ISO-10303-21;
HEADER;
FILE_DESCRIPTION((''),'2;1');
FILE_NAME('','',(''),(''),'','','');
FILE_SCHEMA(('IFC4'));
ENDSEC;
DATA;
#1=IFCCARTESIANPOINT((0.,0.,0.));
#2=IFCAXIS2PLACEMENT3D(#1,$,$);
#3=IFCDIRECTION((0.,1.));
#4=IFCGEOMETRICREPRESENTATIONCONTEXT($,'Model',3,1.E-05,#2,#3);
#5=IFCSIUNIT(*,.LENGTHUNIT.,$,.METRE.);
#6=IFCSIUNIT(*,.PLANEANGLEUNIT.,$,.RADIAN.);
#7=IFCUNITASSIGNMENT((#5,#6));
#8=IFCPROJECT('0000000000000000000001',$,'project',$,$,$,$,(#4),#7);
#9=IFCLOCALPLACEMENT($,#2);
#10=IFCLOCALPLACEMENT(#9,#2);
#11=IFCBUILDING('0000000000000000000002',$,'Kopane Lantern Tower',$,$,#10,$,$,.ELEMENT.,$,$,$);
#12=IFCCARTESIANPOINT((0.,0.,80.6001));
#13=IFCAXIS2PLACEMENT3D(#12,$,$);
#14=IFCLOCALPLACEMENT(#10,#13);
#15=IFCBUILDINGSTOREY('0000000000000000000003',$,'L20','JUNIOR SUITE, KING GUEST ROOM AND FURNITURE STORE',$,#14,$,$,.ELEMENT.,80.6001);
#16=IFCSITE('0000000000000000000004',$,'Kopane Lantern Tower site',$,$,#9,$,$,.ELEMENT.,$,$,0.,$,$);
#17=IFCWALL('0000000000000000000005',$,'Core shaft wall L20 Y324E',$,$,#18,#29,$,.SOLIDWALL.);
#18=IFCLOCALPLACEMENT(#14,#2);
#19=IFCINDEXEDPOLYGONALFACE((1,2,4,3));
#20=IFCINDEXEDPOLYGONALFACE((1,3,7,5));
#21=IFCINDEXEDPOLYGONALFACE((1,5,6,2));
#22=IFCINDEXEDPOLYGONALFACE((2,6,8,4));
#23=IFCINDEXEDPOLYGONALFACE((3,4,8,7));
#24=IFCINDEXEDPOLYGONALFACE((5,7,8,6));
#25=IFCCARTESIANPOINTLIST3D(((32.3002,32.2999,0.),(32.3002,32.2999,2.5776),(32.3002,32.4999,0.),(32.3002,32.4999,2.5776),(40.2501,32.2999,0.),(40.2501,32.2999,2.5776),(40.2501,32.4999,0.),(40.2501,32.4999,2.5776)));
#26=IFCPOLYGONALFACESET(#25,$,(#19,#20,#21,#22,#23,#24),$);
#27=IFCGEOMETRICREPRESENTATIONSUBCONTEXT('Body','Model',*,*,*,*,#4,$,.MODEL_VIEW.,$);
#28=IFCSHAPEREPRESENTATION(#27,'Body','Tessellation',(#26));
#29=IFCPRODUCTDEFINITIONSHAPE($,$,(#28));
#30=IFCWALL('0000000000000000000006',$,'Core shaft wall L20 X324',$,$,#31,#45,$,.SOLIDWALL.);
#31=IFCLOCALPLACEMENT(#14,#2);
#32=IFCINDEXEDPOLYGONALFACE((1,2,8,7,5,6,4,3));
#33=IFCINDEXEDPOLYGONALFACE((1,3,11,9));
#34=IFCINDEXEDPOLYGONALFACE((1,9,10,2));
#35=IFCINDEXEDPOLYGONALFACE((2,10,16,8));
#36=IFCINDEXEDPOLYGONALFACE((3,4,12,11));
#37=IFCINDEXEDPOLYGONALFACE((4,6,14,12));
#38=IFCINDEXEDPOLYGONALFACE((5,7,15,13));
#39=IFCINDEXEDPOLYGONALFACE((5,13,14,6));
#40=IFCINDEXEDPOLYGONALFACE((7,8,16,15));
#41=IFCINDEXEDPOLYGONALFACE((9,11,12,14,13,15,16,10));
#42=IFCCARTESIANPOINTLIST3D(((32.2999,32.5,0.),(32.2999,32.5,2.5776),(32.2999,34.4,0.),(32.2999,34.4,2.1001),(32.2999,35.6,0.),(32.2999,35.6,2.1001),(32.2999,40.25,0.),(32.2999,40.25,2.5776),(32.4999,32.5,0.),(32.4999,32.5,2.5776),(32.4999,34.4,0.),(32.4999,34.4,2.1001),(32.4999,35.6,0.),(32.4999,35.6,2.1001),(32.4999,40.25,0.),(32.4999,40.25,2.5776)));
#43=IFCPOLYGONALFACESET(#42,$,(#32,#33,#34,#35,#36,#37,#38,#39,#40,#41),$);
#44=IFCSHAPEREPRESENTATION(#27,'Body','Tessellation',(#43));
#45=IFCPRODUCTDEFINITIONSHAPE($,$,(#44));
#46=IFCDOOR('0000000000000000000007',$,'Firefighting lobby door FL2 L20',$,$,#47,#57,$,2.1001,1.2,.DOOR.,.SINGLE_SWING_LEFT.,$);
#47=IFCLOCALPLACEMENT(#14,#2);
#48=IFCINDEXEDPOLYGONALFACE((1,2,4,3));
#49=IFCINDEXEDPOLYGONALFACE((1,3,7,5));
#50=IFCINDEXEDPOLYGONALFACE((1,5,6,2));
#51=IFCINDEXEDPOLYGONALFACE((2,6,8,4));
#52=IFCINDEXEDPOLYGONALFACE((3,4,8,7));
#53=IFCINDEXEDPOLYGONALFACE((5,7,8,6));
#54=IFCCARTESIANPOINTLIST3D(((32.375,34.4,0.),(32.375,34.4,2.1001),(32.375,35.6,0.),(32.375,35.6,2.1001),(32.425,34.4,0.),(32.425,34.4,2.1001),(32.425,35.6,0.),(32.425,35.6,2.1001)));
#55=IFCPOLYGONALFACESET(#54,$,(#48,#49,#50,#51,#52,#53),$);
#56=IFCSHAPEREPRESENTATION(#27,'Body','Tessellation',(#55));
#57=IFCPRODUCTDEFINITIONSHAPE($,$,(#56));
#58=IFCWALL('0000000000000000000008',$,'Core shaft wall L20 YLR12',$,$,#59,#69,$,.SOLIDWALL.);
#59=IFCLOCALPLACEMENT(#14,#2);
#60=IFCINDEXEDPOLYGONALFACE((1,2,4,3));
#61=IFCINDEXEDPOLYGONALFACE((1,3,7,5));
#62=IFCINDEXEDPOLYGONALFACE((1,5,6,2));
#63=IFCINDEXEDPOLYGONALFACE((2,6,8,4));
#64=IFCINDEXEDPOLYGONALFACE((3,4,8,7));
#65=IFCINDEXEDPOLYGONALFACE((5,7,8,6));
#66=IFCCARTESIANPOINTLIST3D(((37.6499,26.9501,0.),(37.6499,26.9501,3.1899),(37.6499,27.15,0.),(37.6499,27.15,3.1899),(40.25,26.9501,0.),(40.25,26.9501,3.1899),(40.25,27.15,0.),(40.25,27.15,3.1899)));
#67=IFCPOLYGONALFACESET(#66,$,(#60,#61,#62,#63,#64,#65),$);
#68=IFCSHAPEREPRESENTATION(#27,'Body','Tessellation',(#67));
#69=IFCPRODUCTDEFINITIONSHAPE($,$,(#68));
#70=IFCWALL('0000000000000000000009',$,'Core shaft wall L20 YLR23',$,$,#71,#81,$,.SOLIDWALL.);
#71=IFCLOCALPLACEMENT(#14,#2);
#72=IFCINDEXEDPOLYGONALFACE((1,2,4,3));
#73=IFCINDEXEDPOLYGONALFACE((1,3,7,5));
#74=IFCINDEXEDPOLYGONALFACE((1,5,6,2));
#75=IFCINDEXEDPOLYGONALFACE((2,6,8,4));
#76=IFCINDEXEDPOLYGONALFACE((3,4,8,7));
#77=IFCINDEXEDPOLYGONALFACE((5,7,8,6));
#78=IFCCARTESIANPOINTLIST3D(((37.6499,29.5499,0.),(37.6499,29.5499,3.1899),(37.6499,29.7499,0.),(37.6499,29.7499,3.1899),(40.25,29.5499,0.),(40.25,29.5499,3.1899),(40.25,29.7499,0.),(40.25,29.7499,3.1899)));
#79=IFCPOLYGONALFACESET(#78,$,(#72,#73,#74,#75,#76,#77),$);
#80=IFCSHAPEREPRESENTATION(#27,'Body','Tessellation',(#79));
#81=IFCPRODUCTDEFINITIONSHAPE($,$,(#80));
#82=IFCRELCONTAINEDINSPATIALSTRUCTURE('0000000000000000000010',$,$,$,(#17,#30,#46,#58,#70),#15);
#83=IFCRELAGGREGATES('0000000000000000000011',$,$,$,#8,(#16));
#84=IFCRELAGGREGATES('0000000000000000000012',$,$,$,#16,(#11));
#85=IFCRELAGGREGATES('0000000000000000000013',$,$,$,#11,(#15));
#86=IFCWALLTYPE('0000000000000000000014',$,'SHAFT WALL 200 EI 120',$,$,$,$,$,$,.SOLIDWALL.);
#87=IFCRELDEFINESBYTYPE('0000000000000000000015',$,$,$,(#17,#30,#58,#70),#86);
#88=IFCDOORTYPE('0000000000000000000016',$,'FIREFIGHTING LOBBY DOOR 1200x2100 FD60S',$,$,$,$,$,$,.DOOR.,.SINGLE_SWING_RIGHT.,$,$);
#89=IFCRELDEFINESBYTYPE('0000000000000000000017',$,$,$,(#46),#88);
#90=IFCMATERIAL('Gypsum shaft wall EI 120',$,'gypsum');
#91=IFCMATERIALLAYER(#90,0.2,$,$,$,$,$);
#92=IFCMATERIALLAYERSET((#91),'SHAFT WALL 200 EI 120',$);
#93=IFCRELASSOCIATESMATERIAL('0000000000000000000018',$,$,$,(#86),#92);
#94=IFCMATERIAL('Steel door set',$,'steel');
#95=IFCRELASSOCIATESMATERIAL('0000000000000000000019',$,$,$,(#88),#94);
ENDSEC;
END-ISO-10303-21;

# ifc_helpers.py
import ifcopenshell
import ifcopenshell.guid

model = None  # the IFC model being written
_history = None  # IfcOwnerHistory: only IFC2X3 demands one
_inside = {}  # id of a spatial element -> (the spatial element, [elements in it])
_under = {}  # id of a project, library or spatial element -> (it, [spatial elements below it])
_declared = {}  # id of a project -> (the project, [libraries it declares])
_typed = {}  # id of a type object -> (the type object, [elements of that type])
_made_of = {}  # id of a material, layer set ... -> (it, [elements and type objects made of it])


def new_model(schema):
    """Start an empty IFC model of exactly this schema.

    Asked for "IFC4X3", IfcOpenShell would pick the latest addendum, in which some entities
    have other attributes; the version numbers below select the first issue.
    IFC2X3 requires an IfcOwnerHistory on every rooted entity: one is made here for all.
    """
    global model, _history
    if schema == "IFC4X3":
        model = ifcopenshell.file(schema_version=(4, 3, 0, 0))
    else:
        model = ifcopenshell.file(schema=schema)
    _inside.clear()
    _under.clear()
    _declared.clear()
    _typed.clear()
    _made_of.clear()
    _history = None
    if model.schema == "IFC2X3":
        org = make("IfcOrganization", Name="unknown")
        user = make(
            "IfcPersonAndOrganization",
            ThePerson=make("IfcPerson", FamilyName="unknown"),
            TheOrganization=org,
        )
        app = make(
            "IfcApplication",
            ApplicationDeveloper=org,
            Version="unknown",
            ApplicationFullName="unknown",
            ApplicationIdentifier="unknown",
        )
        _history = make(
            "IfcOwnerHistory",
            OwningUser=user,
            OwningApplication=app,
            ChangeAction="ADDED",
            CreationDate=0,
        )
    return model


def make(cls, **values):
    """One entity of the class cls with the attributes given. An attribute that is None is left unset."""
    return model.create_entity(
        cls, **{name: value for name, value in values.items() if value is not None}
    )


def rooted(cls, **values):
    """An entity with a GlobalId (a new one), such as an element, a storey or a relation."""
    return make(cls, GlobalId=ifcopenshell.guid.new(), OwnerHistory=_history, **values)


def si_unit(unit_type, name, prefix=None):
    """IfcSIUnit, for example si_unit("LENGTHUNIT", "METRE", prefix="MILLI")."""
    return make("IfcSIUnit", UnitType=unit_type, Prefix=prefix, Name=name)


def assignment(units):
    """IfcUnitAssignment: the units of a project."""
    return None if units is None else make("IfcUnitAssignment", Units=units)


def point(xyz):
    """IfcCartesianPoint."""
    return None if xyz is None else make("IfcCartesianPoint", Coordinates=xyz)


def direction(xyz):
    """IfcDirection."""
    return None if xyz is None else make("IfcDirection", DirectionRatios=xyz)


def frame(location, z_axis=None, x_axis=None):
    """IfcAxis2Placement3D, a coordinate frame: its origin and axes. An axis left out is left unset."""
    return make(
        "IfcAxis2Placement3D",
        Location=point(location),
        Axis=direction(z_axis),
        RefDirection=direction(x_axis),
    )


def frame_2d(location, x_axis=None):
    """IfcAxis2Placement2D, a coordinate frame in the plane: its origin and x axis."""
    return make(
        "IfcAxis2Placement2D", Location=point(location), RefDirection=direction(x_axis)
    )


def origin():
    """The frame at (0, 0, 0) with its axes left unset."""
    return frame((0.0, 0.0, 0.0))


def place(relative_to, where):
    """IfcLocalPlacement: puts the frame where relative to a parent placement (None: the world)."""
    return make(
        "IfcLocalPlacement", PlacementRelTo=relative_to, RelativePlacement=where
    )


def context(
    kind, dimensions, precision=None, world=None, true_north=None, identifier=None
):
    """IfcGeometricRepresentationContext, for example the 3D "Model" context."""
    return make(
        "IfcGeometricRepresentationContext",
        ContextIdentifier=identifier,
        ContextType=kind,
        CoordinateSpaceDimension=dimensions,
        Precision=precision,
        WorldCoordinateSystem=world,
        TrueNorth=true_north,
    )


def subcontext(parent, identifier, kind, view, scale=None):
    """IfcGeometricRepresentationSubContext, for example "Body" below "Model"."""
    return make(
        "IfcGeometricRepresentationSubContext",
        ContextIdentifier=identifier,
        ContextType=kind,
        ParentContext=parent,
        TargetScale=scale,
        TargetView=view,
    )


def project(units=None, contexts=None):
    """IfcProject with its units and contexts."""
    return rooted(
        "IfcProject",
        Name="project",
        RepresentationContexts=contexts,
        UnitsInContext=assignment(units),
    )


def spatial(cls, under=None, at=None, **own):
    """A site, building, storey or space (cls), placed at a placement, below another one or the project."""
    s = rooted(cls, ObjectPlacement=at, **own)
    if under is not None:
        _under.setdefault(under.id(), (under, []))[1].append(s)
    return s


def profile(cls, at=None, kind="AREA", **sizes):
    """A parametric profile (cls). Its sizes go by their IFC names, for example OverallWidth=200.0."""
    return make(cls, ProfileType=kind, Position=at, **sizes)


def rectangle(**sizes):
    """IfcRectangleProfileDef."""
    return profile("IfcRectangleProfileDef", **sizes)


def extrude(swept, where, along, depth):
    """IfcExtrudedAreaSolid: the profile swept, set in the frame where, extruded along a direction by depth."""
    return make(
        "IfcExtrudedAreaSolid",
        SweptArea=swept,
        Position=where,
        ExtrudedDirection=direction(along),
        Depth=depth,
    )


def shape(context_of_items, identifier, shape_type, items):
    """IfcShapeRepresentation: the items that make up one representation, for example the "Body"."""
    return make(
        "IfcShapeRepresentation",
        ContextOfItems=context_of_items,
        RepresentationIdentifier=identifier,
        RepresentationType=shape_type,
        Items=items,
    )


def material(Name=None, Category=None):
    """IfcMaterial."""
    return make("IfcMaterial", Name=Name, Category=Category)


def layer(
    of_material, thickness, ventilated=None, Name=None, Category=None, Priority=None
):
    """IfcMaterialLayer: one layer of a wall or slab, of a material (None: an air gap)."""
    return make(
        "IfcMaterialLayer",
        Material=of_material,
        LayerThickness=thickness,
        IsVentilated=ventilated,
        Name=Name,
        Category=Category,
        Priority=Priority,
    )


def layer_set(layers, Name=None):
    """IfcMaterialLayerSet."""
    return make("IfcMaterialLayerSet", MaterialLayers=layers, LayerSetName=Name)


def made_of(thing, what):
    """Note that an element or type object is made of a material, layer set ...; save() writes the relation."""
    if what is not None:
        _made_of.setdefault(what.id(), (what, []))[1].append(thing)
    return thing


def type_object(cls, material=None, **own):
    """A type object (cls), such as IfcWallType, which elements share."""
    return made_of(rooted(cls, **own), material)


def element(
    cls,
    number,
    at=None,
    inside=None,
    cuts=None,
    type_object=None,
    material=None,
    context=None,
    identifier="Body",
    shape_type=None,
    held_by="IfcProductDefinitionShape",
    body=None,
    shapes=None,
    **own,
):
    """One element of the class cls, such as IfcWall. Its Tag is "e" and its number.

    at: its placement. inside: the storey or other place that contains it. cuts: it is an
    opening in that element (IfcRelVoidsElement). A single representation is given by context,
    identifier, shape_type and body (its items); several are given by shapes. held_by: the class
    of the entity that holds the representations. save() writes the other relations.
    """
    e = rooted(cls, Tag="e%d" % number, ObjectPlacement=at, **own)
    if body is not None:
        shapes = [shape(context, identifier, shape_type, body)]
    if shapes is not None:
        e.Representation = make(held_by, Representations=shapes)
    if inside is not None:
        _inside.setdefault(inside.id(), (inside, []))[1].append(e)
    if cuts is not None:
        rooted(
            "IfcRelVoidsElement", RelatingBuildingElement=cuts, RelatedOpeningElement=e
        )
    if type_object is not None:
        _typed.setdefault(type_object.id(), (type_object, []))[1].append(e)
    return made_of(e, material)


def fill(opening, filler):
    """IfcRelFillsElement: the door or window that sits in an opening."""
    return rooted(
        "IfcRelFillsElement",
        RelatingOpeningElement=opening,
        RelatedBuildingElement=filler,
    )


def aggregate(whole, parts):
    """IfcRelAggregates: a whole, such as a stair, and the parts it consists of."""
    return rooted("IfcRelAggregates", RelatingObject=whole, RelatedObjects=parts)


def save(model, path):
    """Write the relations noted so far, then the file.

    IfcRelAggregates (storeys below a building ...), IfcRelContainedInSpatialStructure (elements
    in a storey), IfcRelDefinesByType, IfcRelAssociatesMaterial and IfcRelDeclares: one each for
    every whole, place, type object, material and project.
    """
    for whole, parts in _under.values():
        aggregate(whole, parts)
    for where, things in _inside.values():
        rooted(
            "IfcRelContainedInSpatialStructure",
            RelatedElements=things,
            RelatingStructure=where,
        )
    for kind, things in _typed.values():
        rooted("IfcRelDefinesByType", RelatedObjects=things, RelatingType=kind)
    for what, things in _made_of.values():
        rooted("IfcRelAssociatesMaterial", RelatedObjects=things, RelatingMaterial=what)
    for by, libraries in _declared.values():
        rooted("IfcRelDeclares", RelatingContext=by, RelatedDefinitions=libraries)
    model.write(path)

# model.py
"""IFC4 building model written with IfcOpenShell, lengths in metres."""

from ifc_helpers import new_model, si_unit, direction, frame, frame_2d, origin, place, context, subcontext, project, spatial, rectangle, extrude, material, layer, layer_set, type_object, element, fill, save


model = new_model("IFC4")

# Units and contexts
model_context = context("Model", 3, precision=1e-05, world=origin(), true_north=direction((0.0, 1.0)))
body_context = subcontext(model_context, "Body", "Model", "MODEL_VIEW")
ifc_project = project(units=[si_unit("LENGTHUNIT", "METRE"), si_unit("PLANEANGLEUNIT", "RADIAN")], contexts=[model_context])

# Site, building, storey
site_placement = place(None, origin())
site = spatial("IfcSite", under=ifc_project, at=site_placement, Name="Kopane Lantern Tower site", CompositionType="ELEMENT", RefElevation=0.0)
building_placement = place(site_placement, origin())
building = spatial("IfcBuilding", under=site, at=building_placement, Name="Kopane Lantern Tower", CompositionType="ELEMENT")
storey_placement = place(building_placement, frame((0.0, 0.0, 80.6001)))
storey = spatial("IfcBuildingStorey", under=building, at=storey_placement, Name="L20", Description="JUNIOR SUITE, KING GUEST ROOM AND FURNITURE STORE", CompositionType="ELEMENT", Elevation=80.6001)

# Wall
ifc_material_1 = material(Name="Gypsum shaft wall EI 120", Category="gypsum")
ifc_layer_1 = layer(ifc_material_1, 0.2)
ifc_layer_set_1 = layer_set([ifc_layer_1], Name="SHAFT WALL 200 EI 120")
wall_type_1 = type_object("IfcWallType", Name="SHAFT WALL 200 EI 120", PredefinedType="SOLIDWALL", material=ifc_layer_set_1)
wall_1_placement = place(storey_placement, frame((32.3, 32.3999, 0.0), z_axis=(0.0, 0.0, 1.0), x_axis=(1.0, 0.0, 0.0)))
element("IfcWall", 1, at=wall_1_placement, inside=storey, type_object=wall_type_1, Name="Core shaft wall L20 Y324E", PredefinedType="SOLIDWALL", context=body_context, shape_type="SweptSolid", body=[
    extrude(rectangle(XDim=7.95, YDim=0.2, at=frame_2d((3.9751, 0.0))), origin(), (0.0, 0.0, 1.0), 2.5776),
])

# Wall, opening, door
wall_2_placement = place(storey_placement, frame((32.3999, 32.5, 0.0), z_axis=(0.0, 0.0, 1.0), x_axis=(0.0, 1.0, 0.0)))
wall_2 = element("IfcWall", 2, at=wall_2_placement, inside=storey, type_object=wall_type_1, Name="Core shaft wall L20 X324", PredefinedType="SOLIDWALL", context=body_context, shape_type="SweptSolid", body=[
    extrude(rectangle(XDim=7.75, YDim=0.2, at=frame_2d((3.875, 0.0))), origin(), (0.0, 0.0, 1.0), 2.5776),
])
opening_1_placement = place(wall_2_placement, frame((1.8999, 0.0, 0.0)))
opening_1 = element("IfcOpeningElement", 3, at=opening_1_placement, cuts=wall_2, PredefinedType="OPENING", context=body_context, shape_type="SweptSolid", body=[
    extrude(rectangle(XDim=1.2, YDim=2.1001, at=frame_2d((0.6001, 1.05))), frame((0.0, 0.1099, 0.0), z_axis=(0.0, -1.0, 0.0), x_axis=(1.0, 0.0, 0.0)), (0.0, 0.0, 1.0), 0.22),
])
ifc_material_2 = material(Name="Steel door set", Category="steel")
door_type_1 = type_object("IfcDoorType", Name="FIREFIGHTING LOBBY DOOR 1200x2100 FD60S", OperationType="SINGLE_SWING_RIGHT", PredefinedType="DOOR", material=ifc_material_2)
door_1_placement = place(opening_1_placement, origin())
door_1 = element("IfcDoor", 4, at=door_1_placement, inside=storey, type_object=door_type_1, Name="Firefighting lobby door FL2 L20", OperationType="SINGLE_SWING_LEFT", OverallHeight=2.1001, OverallWidth=1.2, PredefinedType="DOOR", context=body_context, shape_type="SweptSolid", body=[
    extrude(rectangle(XDim=1.2, YDim=2.1001, at=frame_2d((0.6001, 1.05))), frame((0.0, 0.0249, 0.0), z_axis=(0.0, -1.0, 0.0), x_axis=(1.0, 0.0, 0.0)), (0.0, 0.0, 1.0), 0.05),
])
fill(opening_1, door_1)

# Walls
for number, where, z_axis, x_axis, name in (
    (5, (37.6499, 27.05, 0.0), (0.0, 0.0, 1.0), (1.0, 0.0, 0.0), "Core shaft wall L20 YLR12"),
    (6, (37.6499, 29.6499, 0.0), (0.0, 0.0, 1.0), (1.0, 0.0, 0.0), "Core shaft wall L20 YLR23"),
):
    element("IfcWall", number, at=place(storey_placement, frame(where, z_axis=z_axis, x_axis=x_axis)), inside=storey, type_object=wall_type_1, Name=name, PredefinedType="SOLIDWALL", context=body_context, shape_type="SweptSolid", body=[
        extrude(rectangle(XDim=2.6001, YDim=0.2, at=frame_2d((1.3, 0.0))), origin(), (0.0, 0.0, 1.0), 3.1899),
    ])

save(model, "model.ifc")
